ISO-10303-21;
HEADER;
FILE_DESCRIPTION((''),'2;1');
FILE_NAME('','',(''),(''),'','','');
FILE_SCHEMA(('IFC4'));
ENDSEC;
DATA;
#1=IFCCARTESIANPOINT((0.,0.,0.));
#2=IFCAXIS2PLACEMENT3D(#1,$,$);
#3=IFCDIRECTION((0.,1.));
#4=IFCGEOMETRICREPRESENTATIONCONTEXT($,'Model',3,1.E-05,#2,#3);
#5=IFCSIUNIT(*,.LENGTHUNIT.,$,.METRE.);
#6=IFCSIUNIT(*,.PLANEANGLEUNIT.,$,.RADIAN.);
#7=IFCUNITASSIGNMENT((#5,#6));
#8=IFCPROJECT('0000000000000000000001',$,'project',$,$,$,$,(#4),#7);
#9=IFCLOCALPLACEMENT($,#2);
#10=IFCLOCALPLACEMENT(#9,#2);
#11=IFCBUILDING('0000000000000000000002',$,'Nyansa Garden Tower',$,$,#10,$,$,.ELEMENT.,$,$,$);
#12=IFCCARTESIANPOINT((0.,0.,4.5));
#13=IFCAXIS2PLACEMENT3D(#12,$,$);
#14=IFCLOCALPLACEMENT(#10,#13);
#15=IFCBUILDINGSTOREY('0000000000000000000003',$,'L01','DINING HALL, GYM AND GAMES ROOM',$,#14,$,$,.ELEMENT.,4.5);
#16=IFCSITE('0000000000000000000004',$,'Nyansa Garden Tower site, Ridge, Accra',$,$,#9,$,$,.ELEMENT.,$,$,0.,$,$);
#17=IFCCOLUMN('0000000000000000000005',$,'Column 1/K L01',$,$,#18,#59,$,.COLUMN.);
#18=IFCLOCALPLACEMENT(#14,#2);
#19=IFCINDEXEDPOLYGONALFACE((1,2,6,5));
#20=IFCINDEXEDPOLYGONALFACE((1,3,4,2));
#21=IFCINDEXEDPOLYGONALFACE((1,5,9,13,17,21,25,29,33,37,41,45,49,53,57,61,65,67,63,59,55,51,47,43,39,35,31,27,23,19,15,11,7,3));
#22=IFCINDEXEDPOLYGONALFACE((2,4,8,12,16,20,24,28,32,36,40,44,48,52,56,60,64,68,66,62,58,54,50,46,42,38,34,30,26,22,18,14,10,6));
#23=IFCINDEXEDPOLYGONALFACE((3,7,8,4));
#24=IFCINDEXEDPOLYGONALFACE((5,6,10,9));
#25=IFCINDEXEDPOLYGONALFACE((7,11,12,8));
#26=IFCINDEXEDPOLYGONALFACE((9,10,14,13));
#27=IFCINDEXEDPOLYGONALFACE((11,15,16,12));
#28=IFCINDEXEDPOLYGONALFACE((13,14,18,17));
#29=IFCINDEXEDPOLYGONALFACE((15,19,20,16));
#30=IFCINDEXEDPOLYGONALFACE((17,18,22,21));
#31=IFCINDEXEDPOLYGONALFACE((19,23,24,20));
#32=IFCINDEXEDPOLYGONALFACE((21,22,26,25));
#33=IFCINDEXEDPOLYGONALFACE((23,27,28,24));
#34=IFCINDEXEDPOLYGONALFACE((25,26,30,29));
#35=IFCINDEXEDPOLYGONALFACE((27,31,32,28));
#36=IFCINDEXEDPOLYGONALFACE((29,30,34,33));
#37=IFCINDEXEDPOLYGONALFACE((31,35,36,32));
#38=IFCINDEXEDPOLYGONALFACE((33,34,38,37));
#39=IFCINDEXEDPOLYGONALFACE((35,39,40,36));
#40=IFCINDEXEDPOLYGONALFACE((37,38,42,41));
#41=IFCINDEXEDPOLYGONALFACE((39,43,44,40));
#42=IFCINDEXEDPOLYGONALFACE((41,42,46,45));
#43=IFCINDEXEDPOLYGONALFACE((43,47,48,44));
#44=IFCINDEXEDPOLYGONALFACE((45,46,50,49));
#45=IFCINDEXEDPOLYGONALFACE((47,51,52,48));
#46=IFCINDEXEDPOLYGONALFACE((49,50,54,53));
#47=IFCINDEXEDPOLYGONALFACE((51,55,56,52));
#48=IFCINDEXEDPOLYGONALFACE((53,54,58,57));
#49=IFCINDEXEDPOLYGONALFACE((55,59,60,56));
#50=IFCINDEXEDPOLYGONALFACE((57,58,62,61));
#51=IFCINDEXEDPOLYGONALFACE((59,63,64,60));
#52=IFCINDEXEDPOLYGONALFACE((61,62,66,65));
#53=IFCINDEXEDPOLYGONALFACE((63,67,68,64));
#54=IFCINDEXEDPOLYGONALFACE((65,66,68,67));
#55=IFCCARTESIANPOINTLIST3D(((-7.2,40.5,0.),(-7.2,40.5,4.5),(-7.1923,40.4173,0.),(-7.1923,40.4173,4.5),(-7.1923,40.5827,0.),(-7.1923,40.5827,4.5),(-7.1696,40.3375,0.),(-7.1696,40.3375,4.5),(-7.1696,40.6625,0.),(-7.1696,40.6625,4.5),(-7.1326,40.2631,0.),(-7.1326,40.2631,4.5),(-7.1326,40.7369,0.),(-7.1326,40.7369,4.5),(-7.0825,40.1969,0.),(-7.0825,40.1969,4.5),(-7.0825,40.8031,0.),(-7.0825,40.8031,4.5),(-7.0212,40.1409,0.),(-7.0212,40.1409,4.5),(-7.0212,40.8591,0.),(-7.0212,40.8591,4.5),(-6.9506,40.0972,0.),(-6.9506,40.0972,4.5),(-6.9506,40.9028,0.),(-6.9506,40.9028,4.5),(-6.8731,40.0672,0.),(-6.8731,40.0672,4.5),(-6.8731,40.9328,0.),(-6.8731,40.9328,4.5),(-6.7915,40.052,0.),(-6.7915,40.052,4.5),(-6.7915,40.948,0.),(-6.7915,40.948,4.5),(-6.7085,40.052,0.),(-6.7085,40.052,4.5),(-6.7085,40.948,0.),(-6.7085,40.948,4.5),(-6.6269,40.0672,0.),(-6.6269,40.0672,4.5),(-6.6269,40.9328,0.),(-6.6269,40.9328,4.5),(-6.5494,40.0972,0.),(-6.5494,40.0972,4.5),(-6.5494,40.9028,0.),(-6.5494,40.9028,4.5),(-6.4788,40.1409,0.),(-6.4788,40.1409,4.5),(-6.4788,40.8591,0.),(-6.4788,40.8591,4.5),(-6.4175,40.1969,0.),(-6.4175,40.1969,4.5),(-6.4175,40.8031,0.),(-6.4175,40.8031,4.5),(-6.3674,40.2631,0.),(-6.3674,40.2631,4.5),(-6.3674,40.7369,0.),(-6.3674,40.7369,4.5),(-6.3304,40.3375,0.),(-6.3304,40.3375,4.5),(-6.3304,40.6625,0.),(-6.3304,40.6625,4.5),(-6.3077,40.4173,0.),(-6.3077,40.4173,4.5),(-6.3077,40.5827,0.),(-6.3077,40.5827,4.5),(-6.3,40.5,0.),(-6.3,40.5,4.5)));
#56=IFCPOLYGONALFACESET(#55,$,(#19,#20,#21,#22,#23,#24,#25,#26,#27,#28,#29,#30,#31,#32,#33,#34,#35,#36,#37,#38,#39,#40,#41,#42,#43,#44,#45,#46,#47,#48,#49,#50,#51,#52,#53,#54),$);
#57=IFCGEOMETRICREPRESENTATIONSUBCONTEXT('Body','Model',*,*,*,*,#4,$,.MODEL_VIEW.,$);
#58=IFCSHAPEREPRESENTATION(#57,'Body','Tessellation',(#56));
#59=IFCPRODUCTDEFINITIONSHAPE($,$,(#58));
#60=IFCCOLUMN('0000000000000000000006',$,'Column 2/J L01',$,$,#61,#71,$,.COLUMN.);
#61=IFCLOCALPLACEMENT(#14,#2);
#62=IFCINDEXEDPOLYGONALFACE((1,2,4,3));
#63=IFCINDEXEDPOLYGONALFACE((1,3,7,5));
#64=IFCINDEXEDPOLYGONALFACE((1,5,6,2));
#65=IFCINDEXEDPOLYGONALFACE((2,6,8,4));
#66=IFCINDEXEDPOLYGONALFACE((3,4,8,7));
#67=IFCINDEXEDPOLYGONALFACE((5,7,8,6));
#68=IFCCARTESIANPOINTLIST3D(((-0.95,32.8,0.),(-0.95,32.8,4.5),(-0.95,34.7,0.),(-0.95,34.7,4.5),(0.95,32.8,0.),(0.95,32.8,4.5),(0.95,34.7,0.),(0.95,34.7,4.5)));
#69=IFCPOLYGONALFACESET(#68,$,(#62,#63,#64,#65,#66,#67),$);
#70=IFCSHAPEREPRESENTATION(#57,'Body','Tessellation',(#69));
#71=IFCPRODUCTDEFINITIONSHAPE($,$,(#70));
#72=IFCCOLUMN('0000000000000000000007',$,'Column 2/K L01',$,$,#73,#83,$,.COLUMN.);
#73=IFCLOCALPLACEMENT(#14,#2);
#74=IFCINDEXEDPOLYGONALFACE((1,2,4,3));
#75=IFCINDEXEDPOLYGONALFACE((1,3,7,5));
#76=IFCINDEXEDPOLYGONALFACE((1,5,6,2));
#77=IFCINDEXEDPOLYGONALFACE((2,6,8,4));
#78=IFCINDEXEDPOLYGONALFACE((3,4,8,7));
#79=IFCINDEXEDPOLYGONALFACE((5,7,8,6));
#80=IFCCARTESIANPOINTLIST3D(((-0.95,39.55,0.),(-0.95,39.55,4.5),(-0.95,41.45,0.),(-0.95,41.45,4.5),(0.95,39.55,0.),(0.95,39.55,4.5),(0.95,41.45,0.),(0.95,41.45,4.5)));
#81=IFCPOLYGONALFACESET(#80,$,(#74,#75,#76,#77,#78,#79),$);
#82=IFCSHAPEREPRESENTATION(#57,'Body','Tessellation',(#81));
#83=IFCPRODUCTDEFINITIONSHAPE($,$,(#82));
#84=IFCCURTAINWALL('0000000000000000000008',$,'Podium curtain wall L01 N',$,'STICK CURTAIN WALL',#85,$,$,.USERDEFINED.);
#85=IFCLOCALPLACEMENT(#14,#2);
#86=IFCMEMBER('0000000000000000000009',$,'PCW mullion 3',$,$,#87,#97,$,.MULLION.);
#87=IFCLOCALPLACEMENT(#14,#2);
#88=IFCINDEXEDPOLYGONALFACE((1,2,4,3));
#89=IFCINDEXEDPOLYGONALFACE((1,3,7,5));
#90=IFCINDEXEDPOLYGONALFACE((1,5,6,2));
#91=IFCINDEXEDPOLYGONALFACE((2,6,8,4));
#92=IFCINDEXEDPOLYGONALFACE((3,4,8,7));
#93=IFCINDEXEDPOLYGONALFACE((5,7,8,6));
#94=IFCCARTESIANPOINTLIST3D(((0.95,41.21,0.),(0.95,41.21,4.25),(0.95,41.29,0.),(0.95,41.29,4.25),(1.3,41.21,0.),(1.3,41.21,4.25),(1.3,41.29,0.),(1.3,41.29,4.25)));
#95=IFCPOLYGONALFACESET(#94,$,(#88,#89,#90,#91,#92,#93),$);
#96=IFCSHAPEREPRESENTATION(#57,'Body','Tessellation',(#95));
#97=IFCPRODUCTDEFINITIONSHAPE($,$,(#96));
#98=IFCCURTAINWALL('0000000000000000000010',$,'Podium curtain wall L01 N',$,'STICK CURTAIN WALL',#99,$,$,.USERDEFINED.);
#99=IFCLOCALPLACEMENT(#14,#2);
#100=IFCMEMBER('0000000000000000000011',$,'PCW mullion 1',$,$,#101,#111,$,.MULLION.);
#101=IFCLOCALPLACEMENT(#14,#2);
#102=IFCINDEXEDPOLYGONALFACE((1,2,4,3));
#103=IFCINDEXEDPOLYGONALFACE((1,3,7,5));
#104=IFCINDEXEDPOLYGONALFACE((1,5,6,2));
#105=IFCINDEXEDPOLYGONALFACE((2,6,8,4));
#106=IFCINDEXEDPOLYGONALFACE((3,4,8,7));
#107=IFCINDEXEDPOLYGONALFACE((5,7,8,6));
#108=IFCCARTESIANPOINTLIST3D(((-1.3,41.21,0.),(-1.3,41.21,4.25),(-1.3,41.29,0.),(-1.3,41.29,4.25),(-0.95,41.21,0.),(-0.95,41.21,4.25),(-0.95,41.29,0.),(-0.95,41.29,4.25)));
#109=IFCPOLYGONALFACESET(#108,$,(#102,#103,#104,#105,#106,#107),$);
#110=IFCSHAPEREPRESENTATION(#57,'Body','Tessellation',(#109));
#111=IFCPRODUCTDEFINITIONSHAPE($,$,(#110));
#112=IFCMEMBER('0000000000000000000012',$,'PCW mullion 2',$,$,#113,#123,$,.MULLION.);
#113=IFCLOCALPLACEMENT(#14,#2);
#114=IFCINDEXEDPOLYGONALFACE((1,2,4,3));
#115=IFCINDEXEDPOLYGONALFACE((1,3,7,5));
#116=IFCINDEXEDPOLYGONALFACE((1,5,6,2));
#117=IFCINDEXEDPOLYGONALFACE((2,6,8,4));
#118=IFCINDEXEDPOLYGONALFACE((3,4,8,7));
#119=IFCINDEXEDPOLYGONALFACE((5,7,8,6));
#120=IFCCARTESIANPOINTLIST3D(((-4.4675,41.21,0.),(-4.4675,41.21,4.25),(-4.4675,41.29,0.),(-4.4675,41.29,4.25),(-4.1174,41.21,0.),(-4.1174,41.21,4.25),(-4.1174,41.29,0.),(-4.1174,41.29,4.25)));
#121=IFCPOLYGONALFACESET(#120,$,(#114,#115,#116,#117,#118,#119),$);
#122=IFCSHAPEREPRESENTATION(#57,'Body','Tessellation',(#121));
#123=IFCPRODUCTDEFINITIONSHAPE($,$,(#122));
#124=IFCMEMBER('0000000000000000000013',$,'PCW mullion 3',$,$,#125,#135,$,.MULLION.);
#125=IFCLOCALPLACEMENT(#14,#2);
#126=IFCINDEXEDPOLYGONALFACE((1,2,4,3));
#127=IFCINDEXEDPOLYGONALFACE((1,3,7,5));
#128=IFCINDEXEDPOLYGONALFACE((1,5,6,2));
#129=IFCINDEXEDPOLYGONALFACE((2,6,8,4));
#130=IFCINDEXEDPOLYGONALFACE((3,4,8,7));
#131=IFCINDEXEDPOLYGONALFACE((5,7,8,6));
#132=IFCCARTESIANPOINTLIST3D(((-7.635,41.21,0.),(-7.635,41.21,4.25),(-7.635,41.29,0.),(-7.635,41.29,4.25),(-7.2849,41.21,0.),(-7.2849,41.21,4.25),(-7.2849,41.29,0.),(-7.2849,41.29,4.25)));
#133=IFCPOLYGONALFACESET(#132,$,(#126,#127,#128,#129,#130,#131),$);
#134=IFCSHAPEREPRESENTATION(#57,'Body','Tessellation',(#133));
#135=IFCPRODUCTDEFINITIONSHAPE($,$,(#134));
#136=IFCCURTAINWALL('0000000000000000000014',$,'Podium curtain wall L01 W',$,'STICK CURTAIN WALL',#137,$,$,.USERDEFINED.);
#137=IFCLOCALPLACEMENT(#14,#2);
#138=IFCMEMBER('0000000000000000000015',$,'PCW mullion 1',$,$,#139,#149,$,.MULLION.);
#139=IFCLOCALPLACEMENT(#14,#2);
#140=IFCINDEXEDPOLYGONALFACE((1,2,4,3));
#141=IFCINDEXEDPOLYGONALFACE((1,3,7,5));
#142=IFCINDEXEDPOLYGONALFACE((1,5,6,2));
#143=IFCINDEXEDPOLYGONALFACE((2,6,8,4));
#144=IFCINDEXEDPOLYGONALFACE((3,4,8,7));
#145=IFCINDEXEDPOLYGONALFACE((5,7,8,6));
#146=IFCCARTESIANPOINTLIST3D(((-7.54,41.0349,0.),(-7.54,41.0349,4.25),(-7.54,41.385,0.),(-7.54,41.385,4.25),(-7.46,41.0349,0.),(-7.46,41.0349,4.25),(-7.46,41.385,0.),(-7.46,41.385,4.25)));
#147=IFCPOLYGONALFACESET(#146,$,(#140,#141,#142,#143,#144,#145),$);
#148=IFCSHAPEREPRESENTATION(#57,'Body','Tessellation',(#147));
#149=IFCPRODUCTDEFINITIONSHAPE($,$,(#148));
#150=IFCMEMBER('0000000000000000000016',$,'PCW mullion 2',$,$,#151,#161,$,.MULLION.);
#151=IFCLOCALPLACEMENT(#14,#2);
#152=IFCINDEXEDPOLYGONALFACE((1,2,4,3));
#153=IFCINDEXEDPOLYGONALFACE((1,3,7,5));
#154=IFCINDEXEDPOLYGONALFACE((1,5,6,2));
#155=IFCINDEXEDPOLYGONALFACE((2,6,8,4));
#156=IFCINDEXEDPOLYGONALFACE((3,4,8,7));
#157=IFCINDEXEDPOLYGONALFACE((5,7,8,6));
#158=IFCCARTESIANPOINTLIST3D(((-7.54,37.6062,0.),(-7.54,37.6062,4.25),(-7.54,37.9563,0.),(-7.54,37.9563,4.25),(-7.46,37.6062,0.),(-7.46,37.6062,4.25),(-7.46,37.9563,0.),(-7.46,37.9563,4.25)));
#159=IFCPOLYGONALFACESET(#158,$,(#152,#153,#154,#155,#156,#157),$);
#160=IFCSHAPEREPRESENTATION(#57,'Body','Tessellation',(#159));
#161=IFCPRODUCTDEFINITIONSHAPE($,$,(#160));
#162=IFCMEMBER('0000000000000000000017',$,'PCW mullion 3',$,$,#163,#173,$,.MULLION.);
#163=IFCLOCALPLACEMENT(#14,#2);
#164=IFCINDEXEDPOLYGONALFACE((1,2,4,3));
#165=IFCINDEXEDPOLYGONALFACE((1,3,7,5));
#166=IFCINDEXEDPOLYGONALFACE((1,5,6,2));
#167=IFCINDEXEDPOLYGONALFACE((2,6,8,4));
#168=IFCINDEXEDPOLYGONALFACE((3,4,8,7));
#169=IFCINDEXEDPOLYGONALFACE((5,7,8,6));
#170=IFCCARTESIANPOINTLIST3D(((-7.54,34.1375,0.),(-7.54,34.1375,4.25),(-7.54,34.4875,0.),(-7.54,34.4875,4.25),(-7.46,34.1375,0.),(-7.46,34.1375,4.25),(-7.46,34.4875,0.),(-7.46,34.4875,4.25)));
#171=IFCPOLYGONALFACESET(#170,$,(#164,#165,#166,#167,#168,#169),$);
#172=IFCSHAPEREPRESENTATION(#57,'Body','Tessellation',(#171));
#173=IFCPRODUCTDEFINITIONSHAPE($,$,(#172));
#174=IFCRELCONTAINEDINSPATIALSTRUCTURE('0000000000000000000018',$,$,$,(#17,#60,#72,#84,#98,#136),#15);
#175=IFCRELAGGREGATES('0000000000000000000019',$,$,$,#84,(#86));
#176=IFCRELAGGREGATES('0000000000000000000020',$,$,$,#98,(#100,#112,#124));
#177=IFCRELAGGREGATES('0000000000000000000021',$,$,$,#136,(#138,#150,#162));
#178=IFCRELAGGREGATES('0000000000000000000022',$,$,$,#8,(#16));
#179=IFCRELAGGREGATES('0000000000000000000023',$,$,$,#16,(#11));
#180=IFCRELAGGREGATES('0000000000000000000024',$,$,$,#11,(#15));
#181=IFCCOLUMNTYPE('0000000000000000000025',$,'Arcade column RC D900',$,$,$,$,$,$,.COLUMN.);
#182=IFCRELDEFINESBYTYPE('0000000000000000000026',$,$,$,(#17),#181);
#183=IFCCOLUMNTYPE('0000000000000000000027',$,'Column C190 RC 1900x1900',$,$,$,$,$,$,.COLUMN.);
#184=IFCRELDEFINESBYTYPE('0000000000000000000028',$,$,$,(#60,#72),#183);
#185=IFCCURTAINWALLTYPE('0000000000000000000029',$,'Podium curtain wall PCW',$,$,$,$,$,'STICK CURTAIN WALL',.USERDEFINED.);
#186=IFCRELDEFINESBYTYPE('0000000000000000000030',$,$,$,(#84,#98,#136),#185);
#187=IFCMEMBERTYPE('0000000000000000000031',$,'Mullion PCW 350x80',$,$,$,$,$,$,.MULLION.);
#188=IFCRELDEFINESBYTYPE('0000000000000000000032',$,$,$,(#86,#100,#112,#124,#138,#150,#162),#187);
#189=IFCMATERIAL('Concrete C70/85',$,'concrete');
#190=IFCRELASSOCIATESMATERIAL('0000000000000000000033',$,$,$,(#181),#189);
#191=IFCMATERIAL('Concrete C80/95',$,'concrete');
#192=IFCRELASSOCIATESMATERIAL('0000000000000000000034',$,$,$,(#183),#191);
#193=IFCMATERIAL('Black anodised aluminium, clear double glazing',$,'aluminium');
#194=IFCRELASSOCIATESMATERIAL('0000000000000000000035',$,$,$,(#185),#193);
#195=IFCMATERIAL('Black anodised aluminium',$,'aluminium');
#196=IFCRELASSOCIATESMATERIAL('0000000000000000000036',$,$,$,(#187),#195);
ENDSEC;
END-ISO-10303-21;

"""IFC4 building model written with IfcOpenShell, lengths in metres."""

from ifc_helpers import new_model, si_unit, direction, frame, origin, origin_2d, place, context, subcontext, project, spatial, rectangle, circle, extrude, material, material_profile, profile_set, type_object, element, aggregate, save


model = new_model("IFC4")

# Units and contexts
model_context = context("Model", 3, precision=1e-05, world=origin(), true_north=direction((0.0, 1.0)))
body_context = subcontext(model_context, "Body", "Model", "MODEL_VIEW")
ifc_project = project(units=[si_unit("LENGTHUNIT", "METRE"), si_unit("PLANEANGLEUNIT", "RADIAN")], contexts=[model_context])

# Site, building, storey
site_placement = place(None, origin())
site = spatial("IfcSite", under=ifc_project, at=site_placement, Name="Nyansa Garden Tower site, Ridge, Accra", CompositionType="ELEMENT", RefElevation=0.0)
building_placement = place(site_placement, origin())
building = spatial("IfcBuilding", under=site, at=building_placement, Name="Nyansa Garden Tower", CompositionType="ELEMENT")
storey_placement = place(building_placement, frame((0.0, 0.0, 4.5)))
storey = spatial("IfcBuildingStorey", under=building, at=storey_placement, Name="L01", Description="DINING HALL, GYM AND GAMES ROOM", CompositionType="ELEMENT", Elevation=4.5)

# Columns
ifc_material_1 = material(Name="Concrete C70/85", Category="concrete")
ifc_material_profile_1 = material_profile(ifc_material_1, circle(Radius=0.45, at=origin_2d()), Name="RC D900")
ifc_profile_set_1 = profile_set([ifc_material_profile_1], Name="Concrete C70/85")
column_type_1 = type_object("IfcColumnType", Name="Arcade column RC D900", PredefinedType="COLUMN", material=ifc_profile_set_1)
column_placement = place(storey_placement, frame((-6.75, 40.5, 0.0), z_axis=(0.0, 0.0, 1.0), x_axis=(1.0, 0.0, 0.0)))
element("IfcColumn", 1, at=column_placement, inside=storey, type_object=column_type_1, Name="Column 1/K L01", PredefinedType="COLUMN", context=body_context, shape_type="SweptSolid", body=[
    extrude(circle(Radius=0.45, at=origin_2d()), origin(), (0.0, 0.0, 1.0), 4.5),
])
ifc_material_2 = material(Name="Concrete C80/95", Category="concrete")
ifc_material_profile_2 = material_profile(ifc_material_2, rectangle(XDim=1.8999, YDim=1.8999, at=origin_2d()), Name="RC 1900x1900")
ifc_profile_set_2 = profile_set([ifc_material_profile_2], Name="Concrete C80/95")
column_type_2 = type_object("IfcColumnType", Name="Column C190 RC 1900x1900", PredefinedType="COLUMN", material=ifc_profile_set_2)
for number, where, z_axis, x_axis, name in (
    (2, (0.0, 33.75, 0.0), (0.0, 0.0, 1.0), (1.0, 0.0, 0.0), "Column 2/J L01"),
    (3, (0.0, 40.5, 0.0), (0.0, 0.0, 1.0), (1.0, 0.0, 0.0), "Column 2/K L01"),
):
    element("IfcColumn", number, at=place(storey_placement, frame(where, z_axis=z_axis, x_axis=x_axis)), inside=storey, type_object=column_type_2, Name=name, PredefinedType="COLUMN", context=body_context, shape_type="SweptSolid", body=[
        extrude(rectangle(XDim=1.8999, YDim=1.8999, at=origin_2d()), origin(), (0.0, 0.0, 1.0), 4.5),
    ])

# Curtain wall, member
ifc_material_3 = material(Name="Black anodised aluminium, clear double glazing", Category="aluminium")
curtain_wall_type = type_object("IfcCurtainWallType", Name="Podium curtain wall PCW", ElementType="STICK CURTAIN WALL", PredefinedType="USERDEFINED", material=ifc_material_3)
curtain_wall_1_placement = place(storey_placement, origin())
curtain_wall_1 = element("IfcCurtainWall", 4, at=curtain_wall_1_placement, inside=storey, type_object=curtain_wall_type, Name="Podium curtain wall L01 N", ObjectType="STICK CURTAIN WALL", PredefinedType="USERDEFINED")
ifc_material_4 = material(Name="Black anodised aluminium", Category="aluminium")
ifc_material_profile_3 = material_profile(ifc_material_4, rectangle(XDim=0.0801, YDim=0.3501, at=origin_2d()), Name="Mullion 350x80")
ifc_profile_set_3 = profile_set([ifc_material_profile_3], Name="Black anodised aluminium")
member_type_1 = type_object("IfcMemberType", Name="Mullion PCW 350x80", PredefinedType="MULLION", material=ifc_profile_set_3)
member_1_placement = place(storey_placement, frame((1.125, 41.25, 0.0), z_axis=(0.0, 0.0, 1.0), x_axis=(0.0, -1.0, 0.0)))
member_1 = element("IfcMember", 5, at=member_1_placement, type_object=member_type_1, Name="PCW mullion 3", PredefinedType="MULLION", context=body_context, shape_type="SweptSolid", body=[
    extrude(rectangle(XDim=0.0801, YDim=0.3501, at=origin_2d()), origin(), (0.0, 0.0, 1.0), 4.25),
])

# Curtain walls, members
curtain_wall_2_placement = place(storey_placement, origin())
curtain_wall_2 = element("IfcCurtainWall", 6, at=curtain_wall_2_placement, inside=storey, type_object=curtain_wall_type, Name="Podium curtain wall L01 N", ObjectType="STICK CURTAIN WALL", PredefinedType="USERDEFINED")
member_2_placement = place(storey_placement, frame((-1.125, 41.25, 0.0), z_axis=(0.0, 0.0, 1.0), x_axis=(0.0, -1.0, 0.0)))
member_2 = element("IfcMember", 7, at=member_2_placement, type_object=member_type_1, Name="PCW mullion 1", PredefinedType="MULLION", context=body_context, shape_type="SweptSolid", body=[
    extrude(rectangle(XDim=0.0801, YDim=0.3501, at=origin_2d()), origin(), (0.0, 0.0, 1.0), 4.25),
])
member_3_placement = place(storey_placement, frame((-4.2925, 41.25, 0.0), z_axis=(0.0, 0.0, 1.0), x_axis=(0.0, -1.0, 0.0)))
member_3 = element("IfcMember", 8, at=member_3_placement, type_object=member_type_1, Name="PCW mullion 2", PredefinedType="MULLION", context=body_context, shape_type="SweptSolid", body=[
    extrude(rectangle(XDim=0.0801, YDim=0.3501, at=origin_2d()), origin(), (0.0, 0.0, 1.0), 4.25),
])
member_4_placement = place(storey_placement, frame((-7.46, 41.25, 0.0), z_axis=(0.0, 0.0, 1.0), x_axis=(0.0, -1.0, 0.0)))
member_4 = element("IfcMember", 9, at=member_4_placement, type_object=member_type_1, Name="PCW mullion 3", PredefinedType="MULLION", context=body_context, shape_type="SweptSolid", body=[
    extrude(rectangle(XDim=0.0801, YDim=0.3501, at=origin_2d()), origin(), (0.0, 0.0, 1.0), 4.25),
])
curtain_wall_3_placement = place(storey_placement, origin())
curtain_wall_3 = element("IfcCurtainWall", 10, at=curtain_wall_3_placement, inside=storey, type_object=curtain_wall_type, Name="Podium curtain wall L01 W", ObjectType="STICK CURTAIN WALL", PredefinedType="USERDEFINED")
member_5_placement = place(storey_placement, frame((-7.5, 41.21, 0.0), z_axis=(0.0, 0.0, 1.0), x_axis=(1.0, 0.0, 0.0)))
member_5 = element("IfcMember", 11, at=member_5_placement, type_object=member_type_1, Name="PCW mullion 1", PredefinedType="MULLION", context=body_context, shape_type="SweptSolid", body=[
    extrude(rectangle(XDim=0.0801, YDim=0.3501, at=origin_2d()), origin(), (0.0, 0.0, 1.0), 4.25),
])
member_6_placement = place(storey_placement, frame((-7.5, 37.7812, 0.0), z_axis=(0.0, 0.0, 1.0), x_axis=(1.0, 0.0, 0.0)))
member_6 = element("IfcMember", 12, at=member_6_placement, type_object=member_type_1, Name="PCW mullion 2", PredefinedType="MULLION", context=body_context, shape_type="SweptSolid", body=[
    extrude(rectangle(XDim=0.0801, YDim=0.3501, at=origin_2d()), origin(), (0.0, 0.0, 1.0), 4.25),
])
member_7_placement = place(storey_placement, frame((-7.5, 34.3125, 0.0), z_axis=(0.0, 0.0, 1.0), x_axis=(1.0, 0.0, 0.0)))
member_7 = element("IfcMember", 13, at=member_7_placement, type_object=member_type_1, Name="PCW mullion 3", PredefinedType="MULLION", context=body_context, shape_type="SweptSolid", body=[
    extrude(rectangle(XDim=0.0801, YDim=0.3501, at=origin_2d()), origin(), (0.0, 0.0, 1.0), 4.25),
])

aggregate(curtain_wall_1, [member_1])
aggregate(curtain_wall_2, [member_2, member_3, member_4])
aggregate(curtain_wall_3, [member_5, member_6, member_7])

save(model, "model.ifc")
